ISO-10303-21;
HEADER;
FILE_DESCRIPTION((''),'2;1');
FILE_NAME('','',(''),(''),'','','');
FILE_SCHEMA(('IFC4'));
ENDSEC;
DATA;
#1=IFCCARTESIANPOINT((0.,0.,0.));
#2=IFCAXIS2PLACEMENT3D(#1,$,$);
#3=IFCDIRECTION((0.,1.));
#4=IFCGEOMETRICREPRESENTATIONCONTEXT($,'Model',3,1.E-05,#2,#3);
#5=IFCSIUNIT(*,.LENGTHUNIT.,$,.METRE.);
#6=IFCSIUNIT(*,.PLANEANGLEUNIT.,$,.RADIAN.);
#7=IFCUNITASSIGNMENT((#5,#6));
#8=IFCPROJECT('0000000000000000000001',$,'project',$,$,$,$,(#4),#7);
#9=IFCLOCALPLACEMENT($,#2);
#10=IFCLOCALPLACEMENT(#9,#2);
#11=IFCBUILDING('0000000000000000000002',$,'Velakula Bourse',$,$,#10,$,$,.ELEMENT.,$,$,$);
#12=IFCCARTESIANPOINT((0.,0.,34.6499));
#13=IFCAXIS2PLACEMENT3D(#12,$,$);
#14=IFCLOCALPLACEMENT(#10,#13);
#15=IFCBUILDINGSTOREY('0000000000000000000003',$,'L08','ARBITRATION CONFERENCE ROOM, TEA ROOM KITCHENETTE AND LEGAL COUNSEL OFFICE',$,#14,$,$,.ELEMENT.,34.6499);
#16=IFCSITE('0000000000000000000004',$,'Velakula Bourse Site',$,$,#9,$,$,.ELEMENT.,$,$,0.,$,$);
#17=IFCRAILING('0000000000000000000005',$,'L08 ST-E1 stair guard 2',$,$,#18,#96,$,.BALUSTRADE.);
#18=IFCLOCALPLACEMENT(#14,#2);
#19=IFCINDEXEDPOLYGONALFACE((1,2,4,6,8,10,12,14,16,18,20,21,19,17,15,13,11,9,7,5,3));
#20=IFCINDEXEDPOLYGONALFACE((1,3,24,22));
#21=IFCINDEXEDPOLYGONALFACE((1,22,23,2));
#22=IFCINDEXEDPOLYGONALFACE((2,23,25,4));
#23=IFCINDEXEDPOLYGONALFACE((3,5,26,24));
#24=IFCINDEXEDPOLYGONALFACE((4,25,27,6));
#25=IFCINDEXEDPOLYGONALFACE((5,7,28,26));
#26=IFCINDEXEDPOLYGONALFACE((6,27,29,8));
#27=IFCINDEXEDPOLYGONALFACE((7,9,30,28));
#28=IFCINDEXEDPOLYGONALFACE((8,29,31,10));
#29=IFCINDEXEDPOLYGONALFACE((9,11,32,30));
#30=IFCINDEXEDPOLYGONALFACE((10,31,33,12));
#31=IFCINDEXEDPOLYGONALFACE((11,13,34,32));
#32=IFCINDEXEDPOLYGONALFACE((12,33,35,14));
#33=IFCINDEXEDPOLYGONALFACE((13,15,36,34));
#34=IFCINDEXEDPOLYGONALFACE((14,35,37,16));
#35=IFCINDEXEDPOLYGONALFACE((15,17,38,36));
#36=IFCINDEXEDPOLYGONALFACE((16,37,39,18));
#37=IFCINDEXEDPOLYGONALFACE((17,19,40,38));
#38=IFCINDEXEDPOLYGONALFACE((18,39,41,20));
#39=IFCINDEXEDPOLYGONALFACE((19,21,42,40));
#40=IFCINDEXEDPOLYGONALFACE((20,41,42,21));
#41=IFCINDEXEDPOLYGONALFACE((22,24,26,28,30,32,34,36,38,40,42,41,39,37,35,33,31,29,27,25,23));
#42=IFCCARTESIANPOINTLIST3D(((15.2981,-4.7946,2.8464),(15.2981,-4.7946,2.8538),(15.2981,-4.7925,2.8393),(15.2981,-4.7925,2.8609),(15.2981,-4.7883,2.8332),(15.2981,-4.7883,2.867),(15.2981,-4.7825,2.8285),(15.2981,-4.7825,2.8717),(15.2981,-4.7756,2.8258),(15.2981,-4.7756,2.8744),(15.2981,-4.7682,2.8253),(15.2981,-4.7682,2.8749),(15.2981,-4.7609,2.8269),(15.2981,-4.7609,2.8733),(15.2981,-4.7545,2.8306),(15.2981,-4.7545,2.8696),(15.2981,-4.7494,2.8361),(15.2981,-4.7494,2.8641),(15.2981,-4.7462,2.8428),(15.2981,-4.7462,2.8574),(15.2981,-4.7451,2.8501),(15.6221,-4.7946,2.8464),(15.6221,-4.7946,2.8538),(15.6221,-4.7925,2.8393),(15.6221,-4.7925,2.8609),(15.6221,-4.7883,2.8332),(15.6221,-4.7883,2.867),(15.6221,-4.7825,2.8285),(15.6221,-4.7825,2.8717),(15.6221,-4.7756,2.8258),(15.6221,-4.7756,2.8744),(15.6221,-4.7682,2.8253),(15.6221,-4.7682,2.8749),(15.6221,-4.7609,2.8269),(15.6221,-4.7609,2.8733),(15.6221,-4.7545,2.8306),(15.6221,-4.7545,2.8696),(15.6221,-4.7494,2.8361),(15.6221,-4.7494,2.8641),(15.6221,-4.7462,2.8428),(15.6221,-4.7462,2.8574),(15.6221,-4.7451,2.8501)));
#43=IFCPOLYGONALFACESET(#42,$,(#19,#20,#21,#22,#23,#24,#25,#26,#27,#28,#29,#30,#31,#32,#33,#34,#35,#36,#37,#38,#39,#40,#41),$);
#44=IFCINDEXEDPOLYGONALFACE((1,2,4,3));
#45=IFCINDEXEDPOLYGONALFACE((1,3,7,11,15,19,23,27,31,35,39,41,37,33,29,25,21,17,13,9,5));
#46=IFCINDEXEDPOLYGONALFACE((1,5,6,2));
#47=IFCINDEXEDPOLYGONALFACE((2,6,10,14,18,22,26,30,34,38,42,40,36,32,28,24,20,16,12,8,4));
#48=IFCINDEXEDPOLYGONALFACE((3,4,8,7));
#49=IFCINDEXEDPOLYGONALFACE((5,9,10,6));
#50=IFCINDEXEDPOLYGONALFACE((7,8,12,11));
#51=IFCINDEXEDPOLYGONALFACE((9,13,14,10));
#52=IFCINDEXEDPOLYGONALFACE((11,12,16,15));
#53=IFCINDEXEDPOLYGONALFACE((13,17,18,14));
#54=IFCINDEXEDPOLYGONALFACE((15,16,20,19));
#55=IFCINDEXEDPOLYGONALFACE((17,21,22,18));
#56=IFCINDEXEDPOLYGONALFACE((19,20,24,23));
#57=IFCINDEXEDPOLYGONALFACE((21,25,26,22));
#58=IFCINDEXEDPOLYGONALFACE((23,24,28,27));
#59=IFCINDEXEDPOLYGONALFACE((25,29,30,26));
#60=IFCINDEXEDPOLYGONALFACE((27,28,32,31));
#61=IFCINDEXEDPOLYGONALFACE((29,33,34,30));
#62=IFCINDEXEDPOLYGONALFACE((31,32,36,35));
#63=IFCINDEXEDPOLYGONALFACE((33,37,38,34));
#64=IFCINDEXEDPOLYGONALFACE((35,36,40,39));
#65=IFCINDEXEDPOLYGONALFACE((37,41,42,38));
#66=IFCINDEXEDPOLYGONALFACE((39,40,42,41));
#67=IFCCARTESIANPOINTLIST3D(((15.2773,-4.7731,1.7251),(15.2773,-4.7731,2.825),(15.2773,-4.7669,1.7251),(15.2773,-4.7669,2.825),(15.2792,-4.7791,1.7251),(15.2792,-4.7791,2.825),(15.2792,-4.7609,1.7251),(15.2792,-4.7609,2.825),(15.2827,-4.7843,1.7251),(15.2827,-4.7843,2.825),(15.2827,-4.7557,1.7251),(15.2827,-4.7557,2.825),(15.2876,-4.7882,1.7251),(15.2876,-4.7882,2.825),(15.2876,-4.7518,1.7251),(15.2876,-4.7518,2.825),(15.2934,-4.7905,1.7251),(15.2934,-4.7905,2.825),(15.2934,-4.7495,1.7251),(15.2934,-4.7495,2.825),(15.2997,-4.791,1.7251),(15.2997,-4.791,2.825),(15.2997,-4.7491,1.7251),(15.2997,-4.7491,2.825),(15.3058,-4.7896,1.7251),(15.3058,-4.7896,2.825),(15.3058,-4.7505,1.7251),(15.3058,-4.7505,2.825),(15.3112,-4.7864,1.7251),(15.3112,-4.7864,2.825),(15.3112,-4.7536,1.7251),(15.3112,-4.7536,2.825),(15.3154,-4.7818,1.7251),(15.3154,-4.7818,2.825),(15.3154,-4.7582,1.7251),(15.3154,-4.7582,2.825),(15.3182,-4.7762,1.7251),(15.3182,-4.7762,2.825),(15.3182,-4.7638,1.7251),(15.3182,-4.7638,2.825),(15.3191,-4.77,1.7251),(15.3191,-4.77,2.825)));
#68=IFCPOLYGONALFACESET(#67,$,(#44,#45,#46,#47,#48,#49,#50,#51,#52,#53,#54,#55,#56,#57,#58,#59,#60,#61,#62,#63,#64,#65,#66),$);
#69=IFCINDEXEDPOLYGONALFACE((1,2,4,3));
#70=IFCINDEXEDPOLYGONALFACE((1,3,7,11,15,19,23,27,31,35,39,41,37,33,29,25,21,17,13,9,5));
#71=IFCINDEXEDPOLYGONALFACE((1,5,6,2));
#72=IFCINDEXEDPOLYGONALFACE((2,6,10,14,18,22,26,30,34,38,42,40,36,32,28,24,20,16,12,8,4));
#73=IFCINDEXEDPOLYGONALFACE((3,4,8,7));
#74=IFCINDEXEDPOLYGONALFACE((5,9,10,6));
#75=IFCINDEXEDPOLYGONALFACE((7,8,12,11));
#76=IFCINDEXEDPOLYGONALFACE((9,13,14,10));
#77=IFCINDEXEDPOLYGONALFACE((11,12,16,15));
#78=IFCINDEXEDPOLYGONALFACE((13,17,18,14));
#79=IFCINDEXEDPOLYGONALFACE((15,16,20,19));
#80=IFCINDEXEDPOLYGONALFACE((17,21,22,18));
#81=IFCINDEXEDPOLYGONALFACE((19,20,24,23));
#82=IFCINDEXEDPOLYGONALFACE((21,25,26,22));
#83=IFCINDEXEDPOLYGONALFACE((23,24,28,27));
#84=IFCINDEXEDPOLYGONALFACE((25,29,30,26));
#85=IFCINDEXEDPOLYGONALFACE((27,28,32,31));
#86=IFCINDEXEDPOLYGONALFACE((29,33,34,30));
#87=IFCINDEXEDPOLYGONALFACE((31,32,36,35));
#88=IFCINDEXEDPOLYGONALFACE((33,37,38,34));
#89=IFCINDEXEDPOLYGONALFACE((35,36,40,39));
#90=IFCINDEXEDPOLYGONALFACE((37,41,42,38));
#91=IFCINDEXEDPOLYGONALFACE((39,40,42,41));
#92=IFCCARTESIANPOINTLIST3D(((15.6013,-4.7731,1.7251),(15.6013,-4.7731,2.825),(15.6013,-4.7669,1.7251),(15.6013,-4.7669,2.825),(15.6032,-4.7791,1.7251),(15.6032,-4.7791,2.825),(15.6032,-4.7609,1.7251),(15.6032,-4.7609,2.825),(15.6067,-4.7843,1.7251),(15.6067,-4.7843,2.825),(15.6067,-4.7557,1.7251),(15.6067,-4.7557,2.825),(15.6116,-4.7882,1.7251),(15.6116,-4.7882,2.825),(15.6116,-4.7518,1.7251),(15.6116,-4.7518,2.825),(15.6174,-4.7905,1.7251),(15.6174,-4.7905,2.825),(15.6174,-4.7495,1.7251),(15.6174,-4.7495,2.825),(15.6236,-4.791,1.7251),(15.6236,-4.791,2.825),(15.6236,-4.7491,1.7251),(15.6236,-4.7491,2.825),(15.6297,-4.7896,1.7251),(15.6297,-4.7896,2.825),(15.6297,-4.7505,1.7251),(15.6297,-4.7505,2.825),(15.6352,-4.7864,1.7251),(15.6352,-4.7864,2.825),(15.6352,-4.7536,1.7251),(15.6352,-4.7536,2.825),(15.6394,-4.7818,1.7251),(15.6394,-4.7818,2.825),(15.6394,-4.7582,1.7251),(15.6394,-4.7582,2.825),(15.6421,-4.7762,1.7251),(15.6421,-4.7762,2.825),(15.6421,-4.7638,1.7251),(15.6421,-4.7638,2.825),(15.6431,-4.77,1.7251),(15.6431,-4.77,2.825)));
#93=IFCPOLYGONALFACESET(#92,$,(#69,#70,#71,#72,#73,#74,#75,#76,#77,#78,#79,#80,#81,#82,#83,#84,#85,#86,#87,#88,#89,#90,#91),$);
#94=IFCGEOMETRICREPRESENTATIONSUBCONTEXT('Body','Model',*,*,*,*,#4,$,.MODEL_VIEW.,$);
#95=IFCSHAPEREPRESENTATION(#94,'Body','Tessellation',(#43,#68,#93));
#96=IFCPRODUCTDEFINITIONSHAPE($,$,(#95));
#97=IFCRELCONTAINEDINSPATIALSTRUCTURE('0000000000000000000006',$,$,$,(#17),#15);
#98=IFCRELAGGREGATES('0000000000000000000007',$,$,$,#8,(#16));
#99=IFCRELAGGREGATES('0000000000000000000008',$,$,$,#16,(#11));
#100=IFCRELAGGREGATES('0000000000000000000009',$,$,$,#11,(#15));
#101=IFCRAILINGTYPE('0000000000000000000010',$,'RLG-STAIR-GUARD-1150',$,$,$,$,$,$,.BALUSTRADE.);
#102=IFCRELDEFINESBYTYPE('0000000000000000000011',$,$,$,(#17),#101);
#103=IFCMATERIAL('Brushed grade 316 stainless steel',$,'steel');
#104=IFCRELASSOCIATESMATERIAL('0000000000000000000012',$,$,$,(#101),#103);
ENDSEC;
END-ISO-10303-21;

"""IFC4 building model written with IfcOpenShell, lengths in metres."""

from ifc_helpers import new_model, si_unit, direction, frame, origin, origin_2d, place, context, subcontext, project, spatial, circle, extrude, material, type_object, element, save


model = new_model("IFC4")

# Units and contexts
model_context = context("Model", 3, precision=1e-05, world=origin(), true_north=direction((0.0, 1.0)))
body_context = subcontext(model_context, "Body", "Model", "MODEL_VIEW")
ifc_project = project(units=[si_unit("LENGTHUNIT", "METRE"), si_unit("PLANEANGLEUNIT", "RADIAN")], contexts=[model_context])

# Site, building, storey
site_placement = place(None, origin())
site = spatial("IfcSite", under=ifc_project, at=site_placement, Name="Velakula Bourse Site", CompositionType="ELEMENT", RefElevation=0.0)
building_placement = place(site_placement, origin())
building = spatial("IfcBuilding", under=site, at=building_placement, Name="Velakula Bourse", CompositionType="ELEMENT")
storey_placement = place(building_placement, frame((0.0, 0.0, 34.6499)))
storey = spatial("IfcBuildingStorey", under=building, at=storey_placement, Name="L08", Description="ARBITRATION CONFERENCE ROOM, TEA ROOM KITCHENETTE AND LEGAL COUNSEL OFFICE", CompositionType="ELEMENT", Elevation=34.6499)

# Shared definitions
ifc_material_1 = material(Name="Brushed grade 316 stainless steel", Category="steel")

# Railing
railing_type_1 = type_object("IfcRailingType", Name="RLG-STAIR-GUARD-1150", PredefinedType="BALUSTRADE", material=ifc_material_1)
railing_1_placement = place(storey_placement, frame((15.2981, -4.77, 1.7251)))
element("IfcRailing", 1, at=railing_1_placement, inside=storey, type_object=railing_type_1, Name="L08 ST-E1 stair guard 2", PredefinedType="BALUSTRADE", context=body_context, shape_type="SweptSolid", body=[
    extrude(circle(Radius=0.0249, at=origin_2d()), frame((0.0, 0.0, 1.125), z_axis=(1.0, 0.0, 0.0), x_axis=(0.0, 1.0, 0.0)), (0.0, 0.0, 1.0), 0.324),
    extrude(circle(Radius=0.021, at=origin_2d()), origin(), (0.0, 0.0, 1.0), 1.0999),
    extrude(circle(Radius=0.021, at=origin_2d()), frame((0.324, 0.0, 0.0)), (0.0, 0.0, 1.0), 1.0999),
])

save(model, "model.ifc")
